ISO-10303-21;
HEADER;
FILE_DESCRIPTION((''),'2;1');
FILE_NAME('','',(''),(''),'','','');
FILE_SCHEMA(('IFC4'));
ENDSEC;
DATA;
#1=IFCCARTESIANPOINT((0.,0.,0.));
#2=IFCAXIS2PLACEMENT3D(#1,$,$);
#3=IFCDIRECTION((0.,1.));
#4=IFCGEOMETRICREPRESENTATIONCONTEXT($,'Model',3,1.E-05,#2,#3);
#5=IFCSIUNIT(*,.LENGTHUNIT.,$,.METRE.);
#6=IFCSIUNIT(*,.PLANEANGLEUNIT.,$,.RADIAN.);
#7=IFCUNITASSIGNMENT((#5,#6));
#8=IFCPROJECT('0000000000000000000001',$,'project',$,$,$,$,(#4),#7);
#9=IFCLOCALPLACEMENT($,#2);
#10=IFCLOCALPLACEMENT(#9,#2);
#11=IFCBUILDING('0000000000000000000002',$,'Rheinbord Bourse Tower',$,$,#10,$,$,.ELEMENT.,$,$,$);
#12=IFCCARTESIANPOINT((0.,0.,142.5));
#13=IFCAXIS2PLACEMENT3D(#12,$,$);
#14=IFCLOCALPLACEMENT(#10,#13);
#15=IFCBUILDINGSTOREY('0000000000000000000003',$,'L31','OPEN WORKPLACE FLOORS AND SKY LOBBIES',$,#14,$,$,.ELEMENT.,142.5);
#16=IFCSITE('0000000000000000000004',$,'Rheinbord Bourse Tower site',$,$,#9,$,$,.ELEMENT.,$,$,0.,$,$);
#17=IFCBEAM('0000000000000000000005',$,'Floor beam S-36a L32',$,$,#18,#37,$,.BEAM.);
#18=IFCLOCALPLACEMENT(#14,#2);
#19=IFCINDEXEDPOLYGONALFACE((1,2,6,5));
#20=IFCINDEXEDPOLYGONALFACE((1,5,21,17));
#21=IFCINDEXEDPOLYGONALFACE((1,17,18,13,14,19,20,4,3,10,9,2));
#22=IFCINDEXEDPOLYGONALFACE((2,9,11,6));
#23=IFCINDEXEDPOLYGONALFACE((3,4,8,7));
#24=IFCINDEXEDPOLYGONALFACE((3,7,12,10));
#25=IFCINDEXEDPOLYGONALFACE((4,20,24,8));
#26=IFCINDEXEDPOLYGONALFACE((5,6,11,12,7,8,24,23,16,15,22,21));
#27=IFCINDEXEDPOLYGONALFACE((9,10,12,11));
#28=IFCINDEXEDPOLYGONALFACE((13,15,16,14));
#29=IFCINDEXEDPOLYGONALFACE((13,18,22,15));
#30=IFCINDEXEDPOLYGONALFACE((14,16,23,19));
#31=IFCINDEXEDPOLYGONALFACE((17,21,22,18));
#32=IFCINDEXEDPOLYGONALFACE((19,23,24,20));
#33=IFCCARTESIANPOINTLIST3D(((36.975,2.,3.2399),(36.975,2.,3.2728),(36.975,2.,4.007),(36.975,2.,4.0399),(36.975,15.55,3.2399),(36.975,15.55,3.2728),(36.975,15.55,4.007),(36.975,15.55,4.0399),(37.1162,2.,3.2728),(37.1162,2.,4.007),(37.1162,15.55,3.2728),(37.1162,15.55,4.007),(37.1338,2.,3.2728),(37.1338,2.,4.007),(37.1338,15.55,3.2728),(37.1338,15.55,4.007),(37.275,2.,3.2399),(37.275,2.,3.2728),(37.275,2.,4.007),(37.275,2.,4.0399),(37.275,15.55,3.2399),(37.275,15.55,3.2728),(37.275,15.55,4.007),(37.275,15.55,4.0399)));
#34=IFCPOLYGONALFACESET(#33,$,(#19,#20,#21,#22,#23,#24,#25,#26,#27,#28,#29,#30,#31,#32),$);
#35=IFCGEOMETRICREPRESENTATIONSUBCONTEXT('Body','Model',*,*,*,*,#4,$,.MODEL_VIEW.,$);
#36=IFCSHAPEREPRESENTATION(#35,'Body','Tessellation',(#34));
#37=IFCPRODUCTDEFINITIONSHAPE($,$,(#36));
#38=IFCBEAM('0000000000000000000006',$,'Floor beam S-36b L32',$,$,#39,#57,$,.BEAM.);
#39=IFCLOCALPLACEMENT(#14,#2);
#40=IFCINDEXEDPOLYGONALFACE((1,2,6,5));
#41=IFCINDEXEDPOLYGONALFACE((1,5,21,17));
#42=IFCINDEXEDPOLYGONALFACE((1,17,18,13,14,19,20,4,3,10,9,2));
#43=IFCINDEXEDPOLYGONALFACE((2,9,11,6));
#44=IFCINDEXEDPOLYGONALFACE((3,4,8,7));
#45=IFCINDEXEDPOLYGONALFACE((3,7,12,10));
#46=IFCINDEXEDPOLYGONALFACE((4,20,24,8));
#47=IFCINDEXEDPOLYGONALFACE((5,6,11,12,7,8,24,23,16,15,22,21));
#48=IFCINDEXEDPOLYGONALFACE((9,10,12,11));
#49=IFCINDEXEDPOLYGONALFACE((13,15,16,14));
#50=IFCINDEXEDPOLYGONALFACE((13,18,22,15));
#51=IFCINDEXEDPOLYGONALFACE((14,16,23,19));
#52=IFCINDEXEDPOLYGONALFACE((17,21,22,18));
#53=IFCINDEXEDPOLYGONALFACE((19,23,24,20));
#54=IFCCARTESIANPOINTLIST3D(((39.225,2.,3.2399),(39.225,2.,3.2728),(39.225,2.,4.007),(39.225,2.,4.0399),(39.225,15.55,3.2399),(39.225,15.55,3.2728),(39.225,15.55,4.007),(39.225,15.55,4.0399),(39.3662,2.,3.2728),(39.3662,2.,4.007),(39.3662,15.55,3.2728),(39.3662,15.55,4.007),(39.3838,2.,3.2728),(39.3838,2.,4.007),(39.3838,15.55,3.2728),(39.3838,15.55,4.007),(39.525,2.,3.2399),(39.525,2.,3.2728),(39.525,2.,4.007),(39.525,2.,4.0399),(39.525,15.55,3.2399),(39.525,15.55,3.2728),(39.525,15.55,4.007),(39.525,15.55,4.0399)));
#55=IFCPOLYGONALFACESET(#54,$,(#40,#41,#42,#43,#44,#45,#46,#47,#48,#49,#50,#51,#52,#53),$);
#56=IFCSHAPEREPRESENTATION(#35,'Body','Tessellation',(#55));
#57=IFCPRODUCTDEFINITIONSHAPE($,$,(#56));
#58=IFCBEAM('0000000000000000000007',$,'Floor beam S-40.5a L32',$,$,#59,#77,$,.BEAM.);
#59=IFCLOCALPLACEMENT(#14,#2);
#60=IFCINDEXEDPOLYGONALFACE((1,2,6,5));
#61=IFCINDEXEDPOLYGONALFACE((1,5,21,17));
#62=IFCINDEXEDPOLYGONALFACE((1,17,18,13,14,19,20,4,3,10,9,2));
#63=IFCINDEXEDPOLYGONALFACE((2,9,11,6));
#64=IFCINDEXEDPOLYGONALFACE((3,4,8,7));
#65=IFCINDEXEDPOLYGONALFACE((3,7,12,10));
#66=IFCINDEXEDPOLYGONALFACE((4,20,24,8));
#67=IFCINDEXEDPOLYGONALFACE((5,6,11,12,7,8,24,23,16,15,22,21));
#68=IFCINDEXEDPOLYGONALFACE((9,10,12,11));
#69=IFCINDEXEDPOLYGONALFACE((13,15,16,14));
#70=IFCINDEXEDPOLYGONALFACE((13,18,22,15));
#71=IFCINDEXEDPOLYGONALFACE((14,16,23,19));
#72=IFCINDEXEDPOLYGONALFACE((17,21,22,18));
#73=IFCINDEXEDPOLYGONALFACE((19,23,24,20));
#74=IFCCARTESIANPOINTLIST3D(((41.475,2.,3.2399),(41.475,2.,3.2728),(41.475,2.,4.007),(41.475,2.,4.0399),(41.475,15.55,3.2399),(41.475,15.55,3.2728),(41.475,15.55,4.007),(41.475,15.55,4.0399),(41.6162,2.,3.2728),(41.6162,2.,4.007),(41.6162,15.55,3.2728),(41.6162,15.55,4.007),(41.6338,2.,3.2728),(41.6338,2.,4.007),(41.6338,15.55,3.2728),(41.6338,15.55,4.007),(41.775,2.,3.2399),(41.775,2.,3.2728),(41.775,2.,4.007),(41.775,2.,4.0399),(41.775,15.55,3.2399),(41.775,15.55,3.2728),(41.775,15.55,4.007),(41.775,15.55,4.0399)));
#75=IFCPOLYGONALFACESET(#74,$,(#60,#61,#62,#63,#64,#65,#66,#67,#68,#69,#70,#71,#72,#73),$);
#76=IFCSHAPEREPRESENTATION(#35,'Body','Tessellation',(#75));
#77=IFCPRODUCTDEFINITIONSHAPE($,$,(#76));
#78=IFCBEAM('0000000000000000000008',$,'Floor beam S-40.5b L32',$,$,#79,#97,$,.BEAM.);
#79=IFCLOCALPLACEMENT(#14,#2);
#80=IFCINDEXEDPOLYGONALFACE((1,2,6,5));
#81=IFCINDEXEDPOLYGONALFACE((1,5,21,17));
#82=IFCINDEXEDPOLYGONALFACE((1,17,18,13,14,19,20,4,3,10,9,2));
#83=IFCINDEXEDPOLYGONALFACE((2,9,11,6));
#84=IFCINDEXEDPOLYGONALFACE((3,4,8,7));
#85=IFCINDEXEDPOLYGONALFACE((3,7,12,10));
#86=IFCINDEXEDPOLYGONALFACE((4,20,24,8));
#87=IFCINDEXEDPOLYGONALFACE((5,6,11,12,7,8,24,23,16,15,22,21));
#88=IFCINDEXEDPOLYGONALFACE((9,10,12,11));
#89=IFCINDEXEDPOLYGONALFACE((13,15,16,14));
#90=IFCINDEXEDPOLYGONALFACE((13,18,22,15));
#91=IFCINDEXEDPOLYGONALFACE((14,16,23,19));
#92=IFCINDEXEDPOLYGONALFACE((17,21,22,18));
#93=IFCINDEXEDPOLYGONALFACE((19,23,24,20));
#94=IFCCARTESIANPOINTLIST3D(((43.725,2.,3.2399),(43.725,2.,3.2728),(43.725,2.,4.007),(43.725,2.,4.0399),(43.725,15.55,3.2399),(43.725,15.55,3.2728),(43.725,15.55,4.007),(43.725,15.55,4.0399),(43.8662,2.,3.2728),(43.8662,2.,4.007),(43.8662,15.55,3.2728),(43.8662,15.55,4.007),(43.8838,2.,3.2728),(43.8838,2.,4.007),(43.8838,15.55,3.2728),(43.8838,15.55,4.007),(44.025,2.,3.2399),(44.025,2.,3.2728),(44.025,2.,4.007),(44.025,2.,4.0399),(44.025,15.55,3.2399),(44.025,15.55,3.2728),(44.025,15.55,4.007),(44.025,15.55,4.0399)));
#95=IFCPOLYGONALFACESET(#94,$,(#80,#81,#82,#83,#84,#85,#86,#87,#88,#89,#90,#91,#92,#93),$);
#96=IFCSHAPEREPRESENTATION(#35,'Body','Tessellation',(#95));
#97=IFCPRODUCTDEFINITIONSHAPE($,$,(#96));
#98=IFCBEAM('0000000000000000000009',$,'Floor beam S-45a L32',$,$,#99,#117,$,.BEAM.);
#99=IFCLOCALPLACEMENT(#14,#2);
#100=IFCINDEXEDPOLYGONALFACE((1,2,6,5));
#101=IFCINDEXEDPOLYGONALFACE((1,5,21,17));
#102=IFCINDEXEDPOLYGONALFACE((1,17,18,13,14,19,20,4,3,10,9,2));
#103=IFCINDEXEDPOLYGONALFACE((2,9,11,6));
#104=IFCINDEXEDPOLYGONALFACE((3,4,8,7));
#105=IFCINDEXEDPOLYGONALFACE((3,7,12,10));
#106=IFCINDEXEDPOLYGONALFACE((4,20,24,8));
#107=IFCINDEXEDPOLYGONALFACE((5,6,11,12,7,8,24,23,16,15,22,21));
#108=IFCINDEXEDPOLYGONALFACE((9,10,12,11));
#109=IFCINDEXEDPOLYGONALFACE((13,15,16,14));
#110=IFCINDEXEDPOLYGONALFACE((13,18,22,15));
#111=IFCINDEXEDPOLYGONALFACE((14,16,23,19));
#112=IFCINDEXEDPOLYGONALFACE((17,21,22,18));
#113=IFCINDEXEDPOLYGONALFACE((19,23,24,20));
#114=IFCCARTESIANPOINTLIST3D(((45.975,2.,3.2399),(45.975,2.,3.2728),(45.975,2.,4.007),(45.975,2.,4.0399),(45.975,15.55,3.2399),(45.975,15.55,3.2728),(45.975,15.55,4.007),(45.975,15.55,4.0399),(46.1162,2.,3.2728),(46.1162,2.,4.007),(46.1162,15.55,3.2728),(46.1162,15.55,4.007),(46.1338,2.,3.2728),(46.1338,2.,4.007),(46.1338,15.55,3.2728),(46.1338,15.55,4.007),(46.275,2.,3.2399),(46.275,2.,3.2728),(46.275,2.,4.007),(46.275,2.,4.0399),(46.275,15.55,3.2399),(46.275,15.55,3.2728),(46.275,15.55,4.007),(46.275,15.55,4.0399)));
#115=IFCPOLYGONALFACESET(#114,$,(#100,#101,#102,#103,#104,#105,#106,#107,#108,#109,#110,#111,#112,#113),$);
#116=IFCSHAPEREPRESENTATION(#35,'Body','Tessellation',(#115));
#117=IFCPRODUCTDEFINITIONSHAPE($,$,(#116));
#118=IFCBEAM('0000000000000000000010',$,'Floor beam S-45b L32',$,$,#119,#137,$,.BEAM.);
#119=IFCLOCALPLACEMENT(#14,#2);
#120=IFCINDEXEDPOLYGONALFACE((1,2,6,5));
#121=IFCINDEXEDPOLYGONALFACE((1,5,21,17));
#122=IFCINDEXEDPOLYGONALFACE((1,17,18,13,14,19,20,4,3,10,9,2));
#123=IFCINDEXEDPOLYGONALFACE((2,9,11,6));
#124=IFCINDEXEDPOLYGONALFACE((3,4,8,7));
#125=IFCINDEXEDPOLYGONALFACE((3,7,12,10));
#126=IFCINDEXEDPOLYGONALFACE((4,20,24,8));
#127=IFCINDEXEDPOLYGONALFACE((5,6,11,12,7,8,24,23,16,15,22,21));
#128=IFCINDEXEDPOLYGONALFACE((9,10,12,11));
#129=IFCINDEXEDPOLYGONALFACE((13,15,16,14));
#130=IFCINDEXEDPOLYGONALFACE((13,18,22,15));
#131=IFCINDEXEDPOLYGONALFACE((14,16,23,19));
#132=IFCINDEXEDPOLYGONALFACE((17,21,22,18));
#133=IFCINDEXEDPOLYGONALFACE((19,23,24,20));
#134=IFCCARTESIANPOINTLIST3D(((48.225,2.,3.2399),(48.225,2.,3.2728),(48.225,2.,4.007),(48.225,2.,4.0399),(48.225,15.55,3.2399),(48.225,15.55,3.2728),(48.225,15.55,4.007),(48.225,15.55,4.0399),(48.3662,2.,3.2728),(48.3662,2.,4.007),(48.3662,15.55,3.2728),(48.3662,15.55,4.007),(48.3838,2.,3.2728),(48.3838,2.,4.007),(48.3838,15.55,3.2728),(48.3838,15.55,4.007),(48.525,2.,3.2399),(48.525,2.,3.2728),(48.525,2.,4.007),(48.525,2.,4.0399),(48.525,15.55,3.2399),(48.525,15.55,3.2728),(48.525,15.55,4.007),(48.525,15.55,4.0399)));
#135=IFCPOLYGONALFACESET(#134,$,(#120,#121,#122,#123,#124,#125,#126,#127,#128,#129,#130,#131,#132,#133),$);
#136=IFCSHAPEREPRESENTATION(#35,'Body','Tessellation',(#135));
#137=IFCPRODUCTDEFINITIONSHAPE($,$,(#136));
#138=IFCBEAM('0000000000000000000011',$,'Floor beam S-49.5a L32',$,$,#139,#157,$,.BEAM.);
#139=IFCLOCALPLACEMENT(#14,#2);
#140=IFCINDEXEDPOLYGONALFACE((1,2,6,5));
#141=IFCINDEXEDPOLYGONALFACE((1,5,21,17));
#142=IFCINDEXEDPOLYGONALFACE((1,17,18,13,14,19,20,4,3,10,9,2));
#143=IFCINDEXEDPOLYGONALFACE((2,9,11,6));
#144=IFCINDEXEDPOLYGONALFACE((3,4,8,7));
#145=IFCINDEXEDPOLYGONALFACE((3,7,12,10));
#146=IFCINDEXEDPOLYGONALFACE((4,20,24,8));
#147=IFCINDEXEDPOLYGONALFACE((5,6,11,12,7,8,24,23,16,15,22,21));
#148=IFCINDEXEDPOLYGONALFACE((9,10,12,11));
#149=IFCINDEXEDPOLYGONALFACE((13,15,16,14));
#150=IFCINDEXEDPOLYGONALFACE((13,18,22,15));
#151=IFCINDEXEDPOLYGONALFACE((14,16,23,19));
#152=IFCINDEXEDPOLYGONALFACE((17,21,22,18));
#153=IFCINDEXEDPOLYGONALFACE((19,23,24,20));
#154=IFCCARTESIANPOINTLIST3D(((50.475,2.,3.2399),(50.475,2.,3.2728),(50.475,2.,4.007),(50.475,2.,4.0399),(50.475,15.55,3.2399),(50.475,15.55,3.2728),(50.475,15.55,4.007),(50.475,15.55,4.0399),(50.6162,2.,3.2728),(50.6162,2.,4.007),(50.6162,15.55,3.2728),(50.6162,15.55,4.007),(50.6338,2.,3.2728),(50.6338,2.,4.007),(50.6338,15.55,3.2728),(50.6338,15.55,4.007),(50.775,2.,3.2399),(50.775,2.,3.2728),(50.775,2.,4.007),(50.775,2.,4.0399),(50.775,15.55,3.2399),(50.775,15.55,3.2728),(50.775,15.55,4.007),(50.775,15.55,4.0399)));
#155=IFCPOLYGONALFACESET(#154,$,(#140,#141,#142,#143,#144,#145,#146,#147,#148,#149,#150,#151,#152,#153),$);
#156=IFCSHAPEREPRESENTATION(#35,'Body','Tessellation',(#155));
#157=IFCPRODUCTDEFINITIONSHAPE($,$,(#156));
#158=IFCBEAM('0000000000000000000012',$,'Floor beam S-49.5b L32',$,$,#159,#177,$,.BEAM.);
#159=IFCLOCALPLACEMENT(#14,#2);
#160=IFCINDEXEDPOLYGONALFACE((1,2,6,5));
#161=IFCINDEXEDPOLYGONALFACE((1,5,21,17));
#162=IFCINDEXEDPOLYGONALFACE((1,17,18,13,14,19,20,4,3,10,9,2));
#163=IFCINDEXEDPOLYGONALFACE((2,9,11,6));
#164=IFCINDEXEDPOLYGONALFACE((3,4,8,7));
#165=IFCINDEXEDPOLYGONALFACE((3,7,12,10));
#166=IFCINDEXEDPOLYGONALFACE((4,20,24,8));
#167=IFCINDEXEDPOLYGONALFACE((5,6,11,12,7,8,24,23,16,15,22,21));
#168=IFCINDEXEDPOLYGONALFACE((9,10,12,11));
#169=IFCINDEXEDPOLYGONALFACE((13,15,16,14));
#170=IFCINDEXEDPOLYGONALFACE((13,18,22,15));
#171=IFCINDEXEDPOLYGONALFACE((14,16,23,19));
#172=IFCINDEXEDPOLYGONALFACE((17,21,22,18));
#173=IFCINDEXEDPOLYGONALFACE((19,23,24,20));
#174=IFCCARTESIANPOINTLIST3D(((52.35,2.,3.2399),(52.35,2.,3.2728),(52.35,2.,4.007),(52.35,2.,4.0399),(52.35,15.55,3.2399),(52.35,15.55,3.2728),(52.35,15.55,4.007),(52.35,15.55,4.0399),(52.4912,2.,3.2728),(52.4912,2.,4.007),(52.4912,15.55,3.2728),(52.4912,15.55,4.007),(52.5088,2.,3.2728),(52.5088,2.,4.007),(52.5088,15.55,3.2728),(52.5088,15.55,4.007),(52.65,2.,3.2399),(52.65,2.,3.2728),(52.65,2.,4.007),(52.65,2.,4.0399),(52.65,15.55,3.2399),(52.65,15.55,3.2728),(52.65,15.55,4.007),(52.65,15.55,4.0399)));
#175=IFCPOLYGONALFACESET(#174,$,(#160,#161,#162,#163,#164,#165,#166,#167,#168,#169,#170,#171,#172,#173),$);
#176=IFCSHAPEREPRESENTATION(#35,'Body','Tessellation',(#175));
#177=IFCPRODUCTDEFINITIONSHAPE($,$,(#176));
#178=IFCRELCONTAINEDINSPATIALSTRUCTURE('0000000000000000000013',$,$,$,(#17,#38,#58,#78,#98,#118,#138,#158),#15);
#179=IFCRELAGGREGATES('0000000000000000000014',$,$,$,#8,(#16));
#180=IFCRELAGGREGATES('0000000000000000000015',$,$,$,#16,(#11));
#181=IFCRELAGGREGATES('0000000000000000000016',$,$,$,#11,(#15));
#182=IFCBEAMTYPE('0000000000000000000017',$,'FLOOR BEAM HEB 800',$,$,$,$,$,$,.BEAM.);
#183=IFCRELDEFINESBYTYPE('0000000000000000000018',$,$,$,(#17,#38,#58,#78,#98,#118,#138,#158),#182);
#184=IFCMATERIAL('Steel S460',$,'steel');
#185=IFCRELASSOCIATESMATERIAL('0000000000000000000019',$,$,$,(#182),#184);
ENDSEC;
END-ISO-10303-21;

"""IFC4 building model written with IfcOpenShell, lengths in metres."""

from ifc_helpers import new_model, si_unit, direction, frame, origin, origin_2d, place, context, subcontext, project, spatial, i_section, extrude, material, material_profile, profile_set, type_object, element, save


model = new_model("IFC4")

# Units and contexts
model_context = context("Model", 3, precision=1e-05, world=origin(), true_north=direction((0.0, 1.0)))
body_context = subcontext(model_context, "Body", "Model", "MODEL_VIEW")
ifc_project = project(units=[si_unit("LENGTHUNIT", "METRE"), si_unit("PLANEANGLEUNIT", "RADIAN")], contexts=[model_context])

# Site, building, storey
site_placement = place(None, origin())
site = spatial("IfcSite", under=ifc_project, at=site_placement, Name="Rheinbord Bourse Tower site", CompositionType="ELEMENT", RefElevation=0.0)
building_placement = place(site_placement, origin())
building = spatial("IfcBuilding", under=site, at=building_placement, Name="Rheinbord Bourse Tower", CompositionType="ELEMENT")
storey_placement = place(building_placement, frame((0.0, 0.0, 142.5)))
storey = spatial("IfcBuildingStorey", under=building, at=storey_placement, Name="L31", Description="OPEN WORKPLACE FLOORS AND SKY LOBBIES", CompositionType="ELEMENT", Elevation=142.5)

# Beams
ifc_material_1 = material(Name="Steel S460", Category="steel")
ifc_material_profile_1 = material_profile(ifc_material_1, i_section(OverallWidth=0.3, OverallDepth=0.8, WebThickness=0.0176, FlangeThickness=0.033, at=origin_2d()), Name="HEB 800")
ifc_profile_set_1 = profile_set([ifc_material_profile_1], Name="Steel S460")
beam_type_1 = type_object("IfcBeamType", Name="FLOOR BEAM HEB 800", PredefinedType="BEAM", material=ifc_profile_set_1)
for number, where, z_axis, x_axis, name in (
    (1, (37.125, 2.0, 3.6399), (0.0, 1.0, 0.0), (-1.0, 0.0, 0.0), "Floor beam S-36a L32"),
    (2, (39.375, 2.0, 3.6399), (0.0, 1.0, 0.0), (-1.0, 0.0, 0.0), "Floor beam S-36b L32"),
    (3, (41.625, 2.0, 3.6399), (0.0, 1.0, 0.0), (-1.0, 0.0, 0.0), "Floor beam S-40.5a L32"),
    (4, (43.875, 2.0, 3.6399), (0.0, 1.0, 0.0), (-1.0, 0.0, 0.0), "Floor beam S-40.5b L32"),
    (5, (46.125, 2.0, 3.6399), (0.0, 1.0, 0.0), (-1.0, 0.0, 0.0), "Floor beam S-45a L32"),
    (6, (48.375, 2.0, 3.6399), (0.0, 1.0, 0.0), (-1.0, 0.0, 0.0), "Floor beam S-45b L32"),
    (7, (50.625, 2.0, 3.6399), (0.0, 1.0, 0.0), (-1.0, 0.0, 0.0), "Floor beam S-49.5a L32"),
    (8, (52.5, 2.0, 3.6399), (0.0, 1.0, 0.0), (-1.0, 0.0, 0.0), "Floor beam S-49.5b L32"),
):
    element("IfcBeam", number, at=place(storey_placement, frame(where, z_axis=z_axis, x_axis=x_axis)), inside=storey, type_object=beam_type_1, Name=name, PredefinedType="BEAM", context=body_context, shape_type="SweptSolid", body=[
        extrude(i_section(OverallWidth=0.3, OverallDepth=0.8, WebThickness=0.0176, FlangeThickness=0.033, at=origin_2d()), origin(), (0.0, 0.0, 1.0), 13.55),
    ])

save(model, "model.ifc")
